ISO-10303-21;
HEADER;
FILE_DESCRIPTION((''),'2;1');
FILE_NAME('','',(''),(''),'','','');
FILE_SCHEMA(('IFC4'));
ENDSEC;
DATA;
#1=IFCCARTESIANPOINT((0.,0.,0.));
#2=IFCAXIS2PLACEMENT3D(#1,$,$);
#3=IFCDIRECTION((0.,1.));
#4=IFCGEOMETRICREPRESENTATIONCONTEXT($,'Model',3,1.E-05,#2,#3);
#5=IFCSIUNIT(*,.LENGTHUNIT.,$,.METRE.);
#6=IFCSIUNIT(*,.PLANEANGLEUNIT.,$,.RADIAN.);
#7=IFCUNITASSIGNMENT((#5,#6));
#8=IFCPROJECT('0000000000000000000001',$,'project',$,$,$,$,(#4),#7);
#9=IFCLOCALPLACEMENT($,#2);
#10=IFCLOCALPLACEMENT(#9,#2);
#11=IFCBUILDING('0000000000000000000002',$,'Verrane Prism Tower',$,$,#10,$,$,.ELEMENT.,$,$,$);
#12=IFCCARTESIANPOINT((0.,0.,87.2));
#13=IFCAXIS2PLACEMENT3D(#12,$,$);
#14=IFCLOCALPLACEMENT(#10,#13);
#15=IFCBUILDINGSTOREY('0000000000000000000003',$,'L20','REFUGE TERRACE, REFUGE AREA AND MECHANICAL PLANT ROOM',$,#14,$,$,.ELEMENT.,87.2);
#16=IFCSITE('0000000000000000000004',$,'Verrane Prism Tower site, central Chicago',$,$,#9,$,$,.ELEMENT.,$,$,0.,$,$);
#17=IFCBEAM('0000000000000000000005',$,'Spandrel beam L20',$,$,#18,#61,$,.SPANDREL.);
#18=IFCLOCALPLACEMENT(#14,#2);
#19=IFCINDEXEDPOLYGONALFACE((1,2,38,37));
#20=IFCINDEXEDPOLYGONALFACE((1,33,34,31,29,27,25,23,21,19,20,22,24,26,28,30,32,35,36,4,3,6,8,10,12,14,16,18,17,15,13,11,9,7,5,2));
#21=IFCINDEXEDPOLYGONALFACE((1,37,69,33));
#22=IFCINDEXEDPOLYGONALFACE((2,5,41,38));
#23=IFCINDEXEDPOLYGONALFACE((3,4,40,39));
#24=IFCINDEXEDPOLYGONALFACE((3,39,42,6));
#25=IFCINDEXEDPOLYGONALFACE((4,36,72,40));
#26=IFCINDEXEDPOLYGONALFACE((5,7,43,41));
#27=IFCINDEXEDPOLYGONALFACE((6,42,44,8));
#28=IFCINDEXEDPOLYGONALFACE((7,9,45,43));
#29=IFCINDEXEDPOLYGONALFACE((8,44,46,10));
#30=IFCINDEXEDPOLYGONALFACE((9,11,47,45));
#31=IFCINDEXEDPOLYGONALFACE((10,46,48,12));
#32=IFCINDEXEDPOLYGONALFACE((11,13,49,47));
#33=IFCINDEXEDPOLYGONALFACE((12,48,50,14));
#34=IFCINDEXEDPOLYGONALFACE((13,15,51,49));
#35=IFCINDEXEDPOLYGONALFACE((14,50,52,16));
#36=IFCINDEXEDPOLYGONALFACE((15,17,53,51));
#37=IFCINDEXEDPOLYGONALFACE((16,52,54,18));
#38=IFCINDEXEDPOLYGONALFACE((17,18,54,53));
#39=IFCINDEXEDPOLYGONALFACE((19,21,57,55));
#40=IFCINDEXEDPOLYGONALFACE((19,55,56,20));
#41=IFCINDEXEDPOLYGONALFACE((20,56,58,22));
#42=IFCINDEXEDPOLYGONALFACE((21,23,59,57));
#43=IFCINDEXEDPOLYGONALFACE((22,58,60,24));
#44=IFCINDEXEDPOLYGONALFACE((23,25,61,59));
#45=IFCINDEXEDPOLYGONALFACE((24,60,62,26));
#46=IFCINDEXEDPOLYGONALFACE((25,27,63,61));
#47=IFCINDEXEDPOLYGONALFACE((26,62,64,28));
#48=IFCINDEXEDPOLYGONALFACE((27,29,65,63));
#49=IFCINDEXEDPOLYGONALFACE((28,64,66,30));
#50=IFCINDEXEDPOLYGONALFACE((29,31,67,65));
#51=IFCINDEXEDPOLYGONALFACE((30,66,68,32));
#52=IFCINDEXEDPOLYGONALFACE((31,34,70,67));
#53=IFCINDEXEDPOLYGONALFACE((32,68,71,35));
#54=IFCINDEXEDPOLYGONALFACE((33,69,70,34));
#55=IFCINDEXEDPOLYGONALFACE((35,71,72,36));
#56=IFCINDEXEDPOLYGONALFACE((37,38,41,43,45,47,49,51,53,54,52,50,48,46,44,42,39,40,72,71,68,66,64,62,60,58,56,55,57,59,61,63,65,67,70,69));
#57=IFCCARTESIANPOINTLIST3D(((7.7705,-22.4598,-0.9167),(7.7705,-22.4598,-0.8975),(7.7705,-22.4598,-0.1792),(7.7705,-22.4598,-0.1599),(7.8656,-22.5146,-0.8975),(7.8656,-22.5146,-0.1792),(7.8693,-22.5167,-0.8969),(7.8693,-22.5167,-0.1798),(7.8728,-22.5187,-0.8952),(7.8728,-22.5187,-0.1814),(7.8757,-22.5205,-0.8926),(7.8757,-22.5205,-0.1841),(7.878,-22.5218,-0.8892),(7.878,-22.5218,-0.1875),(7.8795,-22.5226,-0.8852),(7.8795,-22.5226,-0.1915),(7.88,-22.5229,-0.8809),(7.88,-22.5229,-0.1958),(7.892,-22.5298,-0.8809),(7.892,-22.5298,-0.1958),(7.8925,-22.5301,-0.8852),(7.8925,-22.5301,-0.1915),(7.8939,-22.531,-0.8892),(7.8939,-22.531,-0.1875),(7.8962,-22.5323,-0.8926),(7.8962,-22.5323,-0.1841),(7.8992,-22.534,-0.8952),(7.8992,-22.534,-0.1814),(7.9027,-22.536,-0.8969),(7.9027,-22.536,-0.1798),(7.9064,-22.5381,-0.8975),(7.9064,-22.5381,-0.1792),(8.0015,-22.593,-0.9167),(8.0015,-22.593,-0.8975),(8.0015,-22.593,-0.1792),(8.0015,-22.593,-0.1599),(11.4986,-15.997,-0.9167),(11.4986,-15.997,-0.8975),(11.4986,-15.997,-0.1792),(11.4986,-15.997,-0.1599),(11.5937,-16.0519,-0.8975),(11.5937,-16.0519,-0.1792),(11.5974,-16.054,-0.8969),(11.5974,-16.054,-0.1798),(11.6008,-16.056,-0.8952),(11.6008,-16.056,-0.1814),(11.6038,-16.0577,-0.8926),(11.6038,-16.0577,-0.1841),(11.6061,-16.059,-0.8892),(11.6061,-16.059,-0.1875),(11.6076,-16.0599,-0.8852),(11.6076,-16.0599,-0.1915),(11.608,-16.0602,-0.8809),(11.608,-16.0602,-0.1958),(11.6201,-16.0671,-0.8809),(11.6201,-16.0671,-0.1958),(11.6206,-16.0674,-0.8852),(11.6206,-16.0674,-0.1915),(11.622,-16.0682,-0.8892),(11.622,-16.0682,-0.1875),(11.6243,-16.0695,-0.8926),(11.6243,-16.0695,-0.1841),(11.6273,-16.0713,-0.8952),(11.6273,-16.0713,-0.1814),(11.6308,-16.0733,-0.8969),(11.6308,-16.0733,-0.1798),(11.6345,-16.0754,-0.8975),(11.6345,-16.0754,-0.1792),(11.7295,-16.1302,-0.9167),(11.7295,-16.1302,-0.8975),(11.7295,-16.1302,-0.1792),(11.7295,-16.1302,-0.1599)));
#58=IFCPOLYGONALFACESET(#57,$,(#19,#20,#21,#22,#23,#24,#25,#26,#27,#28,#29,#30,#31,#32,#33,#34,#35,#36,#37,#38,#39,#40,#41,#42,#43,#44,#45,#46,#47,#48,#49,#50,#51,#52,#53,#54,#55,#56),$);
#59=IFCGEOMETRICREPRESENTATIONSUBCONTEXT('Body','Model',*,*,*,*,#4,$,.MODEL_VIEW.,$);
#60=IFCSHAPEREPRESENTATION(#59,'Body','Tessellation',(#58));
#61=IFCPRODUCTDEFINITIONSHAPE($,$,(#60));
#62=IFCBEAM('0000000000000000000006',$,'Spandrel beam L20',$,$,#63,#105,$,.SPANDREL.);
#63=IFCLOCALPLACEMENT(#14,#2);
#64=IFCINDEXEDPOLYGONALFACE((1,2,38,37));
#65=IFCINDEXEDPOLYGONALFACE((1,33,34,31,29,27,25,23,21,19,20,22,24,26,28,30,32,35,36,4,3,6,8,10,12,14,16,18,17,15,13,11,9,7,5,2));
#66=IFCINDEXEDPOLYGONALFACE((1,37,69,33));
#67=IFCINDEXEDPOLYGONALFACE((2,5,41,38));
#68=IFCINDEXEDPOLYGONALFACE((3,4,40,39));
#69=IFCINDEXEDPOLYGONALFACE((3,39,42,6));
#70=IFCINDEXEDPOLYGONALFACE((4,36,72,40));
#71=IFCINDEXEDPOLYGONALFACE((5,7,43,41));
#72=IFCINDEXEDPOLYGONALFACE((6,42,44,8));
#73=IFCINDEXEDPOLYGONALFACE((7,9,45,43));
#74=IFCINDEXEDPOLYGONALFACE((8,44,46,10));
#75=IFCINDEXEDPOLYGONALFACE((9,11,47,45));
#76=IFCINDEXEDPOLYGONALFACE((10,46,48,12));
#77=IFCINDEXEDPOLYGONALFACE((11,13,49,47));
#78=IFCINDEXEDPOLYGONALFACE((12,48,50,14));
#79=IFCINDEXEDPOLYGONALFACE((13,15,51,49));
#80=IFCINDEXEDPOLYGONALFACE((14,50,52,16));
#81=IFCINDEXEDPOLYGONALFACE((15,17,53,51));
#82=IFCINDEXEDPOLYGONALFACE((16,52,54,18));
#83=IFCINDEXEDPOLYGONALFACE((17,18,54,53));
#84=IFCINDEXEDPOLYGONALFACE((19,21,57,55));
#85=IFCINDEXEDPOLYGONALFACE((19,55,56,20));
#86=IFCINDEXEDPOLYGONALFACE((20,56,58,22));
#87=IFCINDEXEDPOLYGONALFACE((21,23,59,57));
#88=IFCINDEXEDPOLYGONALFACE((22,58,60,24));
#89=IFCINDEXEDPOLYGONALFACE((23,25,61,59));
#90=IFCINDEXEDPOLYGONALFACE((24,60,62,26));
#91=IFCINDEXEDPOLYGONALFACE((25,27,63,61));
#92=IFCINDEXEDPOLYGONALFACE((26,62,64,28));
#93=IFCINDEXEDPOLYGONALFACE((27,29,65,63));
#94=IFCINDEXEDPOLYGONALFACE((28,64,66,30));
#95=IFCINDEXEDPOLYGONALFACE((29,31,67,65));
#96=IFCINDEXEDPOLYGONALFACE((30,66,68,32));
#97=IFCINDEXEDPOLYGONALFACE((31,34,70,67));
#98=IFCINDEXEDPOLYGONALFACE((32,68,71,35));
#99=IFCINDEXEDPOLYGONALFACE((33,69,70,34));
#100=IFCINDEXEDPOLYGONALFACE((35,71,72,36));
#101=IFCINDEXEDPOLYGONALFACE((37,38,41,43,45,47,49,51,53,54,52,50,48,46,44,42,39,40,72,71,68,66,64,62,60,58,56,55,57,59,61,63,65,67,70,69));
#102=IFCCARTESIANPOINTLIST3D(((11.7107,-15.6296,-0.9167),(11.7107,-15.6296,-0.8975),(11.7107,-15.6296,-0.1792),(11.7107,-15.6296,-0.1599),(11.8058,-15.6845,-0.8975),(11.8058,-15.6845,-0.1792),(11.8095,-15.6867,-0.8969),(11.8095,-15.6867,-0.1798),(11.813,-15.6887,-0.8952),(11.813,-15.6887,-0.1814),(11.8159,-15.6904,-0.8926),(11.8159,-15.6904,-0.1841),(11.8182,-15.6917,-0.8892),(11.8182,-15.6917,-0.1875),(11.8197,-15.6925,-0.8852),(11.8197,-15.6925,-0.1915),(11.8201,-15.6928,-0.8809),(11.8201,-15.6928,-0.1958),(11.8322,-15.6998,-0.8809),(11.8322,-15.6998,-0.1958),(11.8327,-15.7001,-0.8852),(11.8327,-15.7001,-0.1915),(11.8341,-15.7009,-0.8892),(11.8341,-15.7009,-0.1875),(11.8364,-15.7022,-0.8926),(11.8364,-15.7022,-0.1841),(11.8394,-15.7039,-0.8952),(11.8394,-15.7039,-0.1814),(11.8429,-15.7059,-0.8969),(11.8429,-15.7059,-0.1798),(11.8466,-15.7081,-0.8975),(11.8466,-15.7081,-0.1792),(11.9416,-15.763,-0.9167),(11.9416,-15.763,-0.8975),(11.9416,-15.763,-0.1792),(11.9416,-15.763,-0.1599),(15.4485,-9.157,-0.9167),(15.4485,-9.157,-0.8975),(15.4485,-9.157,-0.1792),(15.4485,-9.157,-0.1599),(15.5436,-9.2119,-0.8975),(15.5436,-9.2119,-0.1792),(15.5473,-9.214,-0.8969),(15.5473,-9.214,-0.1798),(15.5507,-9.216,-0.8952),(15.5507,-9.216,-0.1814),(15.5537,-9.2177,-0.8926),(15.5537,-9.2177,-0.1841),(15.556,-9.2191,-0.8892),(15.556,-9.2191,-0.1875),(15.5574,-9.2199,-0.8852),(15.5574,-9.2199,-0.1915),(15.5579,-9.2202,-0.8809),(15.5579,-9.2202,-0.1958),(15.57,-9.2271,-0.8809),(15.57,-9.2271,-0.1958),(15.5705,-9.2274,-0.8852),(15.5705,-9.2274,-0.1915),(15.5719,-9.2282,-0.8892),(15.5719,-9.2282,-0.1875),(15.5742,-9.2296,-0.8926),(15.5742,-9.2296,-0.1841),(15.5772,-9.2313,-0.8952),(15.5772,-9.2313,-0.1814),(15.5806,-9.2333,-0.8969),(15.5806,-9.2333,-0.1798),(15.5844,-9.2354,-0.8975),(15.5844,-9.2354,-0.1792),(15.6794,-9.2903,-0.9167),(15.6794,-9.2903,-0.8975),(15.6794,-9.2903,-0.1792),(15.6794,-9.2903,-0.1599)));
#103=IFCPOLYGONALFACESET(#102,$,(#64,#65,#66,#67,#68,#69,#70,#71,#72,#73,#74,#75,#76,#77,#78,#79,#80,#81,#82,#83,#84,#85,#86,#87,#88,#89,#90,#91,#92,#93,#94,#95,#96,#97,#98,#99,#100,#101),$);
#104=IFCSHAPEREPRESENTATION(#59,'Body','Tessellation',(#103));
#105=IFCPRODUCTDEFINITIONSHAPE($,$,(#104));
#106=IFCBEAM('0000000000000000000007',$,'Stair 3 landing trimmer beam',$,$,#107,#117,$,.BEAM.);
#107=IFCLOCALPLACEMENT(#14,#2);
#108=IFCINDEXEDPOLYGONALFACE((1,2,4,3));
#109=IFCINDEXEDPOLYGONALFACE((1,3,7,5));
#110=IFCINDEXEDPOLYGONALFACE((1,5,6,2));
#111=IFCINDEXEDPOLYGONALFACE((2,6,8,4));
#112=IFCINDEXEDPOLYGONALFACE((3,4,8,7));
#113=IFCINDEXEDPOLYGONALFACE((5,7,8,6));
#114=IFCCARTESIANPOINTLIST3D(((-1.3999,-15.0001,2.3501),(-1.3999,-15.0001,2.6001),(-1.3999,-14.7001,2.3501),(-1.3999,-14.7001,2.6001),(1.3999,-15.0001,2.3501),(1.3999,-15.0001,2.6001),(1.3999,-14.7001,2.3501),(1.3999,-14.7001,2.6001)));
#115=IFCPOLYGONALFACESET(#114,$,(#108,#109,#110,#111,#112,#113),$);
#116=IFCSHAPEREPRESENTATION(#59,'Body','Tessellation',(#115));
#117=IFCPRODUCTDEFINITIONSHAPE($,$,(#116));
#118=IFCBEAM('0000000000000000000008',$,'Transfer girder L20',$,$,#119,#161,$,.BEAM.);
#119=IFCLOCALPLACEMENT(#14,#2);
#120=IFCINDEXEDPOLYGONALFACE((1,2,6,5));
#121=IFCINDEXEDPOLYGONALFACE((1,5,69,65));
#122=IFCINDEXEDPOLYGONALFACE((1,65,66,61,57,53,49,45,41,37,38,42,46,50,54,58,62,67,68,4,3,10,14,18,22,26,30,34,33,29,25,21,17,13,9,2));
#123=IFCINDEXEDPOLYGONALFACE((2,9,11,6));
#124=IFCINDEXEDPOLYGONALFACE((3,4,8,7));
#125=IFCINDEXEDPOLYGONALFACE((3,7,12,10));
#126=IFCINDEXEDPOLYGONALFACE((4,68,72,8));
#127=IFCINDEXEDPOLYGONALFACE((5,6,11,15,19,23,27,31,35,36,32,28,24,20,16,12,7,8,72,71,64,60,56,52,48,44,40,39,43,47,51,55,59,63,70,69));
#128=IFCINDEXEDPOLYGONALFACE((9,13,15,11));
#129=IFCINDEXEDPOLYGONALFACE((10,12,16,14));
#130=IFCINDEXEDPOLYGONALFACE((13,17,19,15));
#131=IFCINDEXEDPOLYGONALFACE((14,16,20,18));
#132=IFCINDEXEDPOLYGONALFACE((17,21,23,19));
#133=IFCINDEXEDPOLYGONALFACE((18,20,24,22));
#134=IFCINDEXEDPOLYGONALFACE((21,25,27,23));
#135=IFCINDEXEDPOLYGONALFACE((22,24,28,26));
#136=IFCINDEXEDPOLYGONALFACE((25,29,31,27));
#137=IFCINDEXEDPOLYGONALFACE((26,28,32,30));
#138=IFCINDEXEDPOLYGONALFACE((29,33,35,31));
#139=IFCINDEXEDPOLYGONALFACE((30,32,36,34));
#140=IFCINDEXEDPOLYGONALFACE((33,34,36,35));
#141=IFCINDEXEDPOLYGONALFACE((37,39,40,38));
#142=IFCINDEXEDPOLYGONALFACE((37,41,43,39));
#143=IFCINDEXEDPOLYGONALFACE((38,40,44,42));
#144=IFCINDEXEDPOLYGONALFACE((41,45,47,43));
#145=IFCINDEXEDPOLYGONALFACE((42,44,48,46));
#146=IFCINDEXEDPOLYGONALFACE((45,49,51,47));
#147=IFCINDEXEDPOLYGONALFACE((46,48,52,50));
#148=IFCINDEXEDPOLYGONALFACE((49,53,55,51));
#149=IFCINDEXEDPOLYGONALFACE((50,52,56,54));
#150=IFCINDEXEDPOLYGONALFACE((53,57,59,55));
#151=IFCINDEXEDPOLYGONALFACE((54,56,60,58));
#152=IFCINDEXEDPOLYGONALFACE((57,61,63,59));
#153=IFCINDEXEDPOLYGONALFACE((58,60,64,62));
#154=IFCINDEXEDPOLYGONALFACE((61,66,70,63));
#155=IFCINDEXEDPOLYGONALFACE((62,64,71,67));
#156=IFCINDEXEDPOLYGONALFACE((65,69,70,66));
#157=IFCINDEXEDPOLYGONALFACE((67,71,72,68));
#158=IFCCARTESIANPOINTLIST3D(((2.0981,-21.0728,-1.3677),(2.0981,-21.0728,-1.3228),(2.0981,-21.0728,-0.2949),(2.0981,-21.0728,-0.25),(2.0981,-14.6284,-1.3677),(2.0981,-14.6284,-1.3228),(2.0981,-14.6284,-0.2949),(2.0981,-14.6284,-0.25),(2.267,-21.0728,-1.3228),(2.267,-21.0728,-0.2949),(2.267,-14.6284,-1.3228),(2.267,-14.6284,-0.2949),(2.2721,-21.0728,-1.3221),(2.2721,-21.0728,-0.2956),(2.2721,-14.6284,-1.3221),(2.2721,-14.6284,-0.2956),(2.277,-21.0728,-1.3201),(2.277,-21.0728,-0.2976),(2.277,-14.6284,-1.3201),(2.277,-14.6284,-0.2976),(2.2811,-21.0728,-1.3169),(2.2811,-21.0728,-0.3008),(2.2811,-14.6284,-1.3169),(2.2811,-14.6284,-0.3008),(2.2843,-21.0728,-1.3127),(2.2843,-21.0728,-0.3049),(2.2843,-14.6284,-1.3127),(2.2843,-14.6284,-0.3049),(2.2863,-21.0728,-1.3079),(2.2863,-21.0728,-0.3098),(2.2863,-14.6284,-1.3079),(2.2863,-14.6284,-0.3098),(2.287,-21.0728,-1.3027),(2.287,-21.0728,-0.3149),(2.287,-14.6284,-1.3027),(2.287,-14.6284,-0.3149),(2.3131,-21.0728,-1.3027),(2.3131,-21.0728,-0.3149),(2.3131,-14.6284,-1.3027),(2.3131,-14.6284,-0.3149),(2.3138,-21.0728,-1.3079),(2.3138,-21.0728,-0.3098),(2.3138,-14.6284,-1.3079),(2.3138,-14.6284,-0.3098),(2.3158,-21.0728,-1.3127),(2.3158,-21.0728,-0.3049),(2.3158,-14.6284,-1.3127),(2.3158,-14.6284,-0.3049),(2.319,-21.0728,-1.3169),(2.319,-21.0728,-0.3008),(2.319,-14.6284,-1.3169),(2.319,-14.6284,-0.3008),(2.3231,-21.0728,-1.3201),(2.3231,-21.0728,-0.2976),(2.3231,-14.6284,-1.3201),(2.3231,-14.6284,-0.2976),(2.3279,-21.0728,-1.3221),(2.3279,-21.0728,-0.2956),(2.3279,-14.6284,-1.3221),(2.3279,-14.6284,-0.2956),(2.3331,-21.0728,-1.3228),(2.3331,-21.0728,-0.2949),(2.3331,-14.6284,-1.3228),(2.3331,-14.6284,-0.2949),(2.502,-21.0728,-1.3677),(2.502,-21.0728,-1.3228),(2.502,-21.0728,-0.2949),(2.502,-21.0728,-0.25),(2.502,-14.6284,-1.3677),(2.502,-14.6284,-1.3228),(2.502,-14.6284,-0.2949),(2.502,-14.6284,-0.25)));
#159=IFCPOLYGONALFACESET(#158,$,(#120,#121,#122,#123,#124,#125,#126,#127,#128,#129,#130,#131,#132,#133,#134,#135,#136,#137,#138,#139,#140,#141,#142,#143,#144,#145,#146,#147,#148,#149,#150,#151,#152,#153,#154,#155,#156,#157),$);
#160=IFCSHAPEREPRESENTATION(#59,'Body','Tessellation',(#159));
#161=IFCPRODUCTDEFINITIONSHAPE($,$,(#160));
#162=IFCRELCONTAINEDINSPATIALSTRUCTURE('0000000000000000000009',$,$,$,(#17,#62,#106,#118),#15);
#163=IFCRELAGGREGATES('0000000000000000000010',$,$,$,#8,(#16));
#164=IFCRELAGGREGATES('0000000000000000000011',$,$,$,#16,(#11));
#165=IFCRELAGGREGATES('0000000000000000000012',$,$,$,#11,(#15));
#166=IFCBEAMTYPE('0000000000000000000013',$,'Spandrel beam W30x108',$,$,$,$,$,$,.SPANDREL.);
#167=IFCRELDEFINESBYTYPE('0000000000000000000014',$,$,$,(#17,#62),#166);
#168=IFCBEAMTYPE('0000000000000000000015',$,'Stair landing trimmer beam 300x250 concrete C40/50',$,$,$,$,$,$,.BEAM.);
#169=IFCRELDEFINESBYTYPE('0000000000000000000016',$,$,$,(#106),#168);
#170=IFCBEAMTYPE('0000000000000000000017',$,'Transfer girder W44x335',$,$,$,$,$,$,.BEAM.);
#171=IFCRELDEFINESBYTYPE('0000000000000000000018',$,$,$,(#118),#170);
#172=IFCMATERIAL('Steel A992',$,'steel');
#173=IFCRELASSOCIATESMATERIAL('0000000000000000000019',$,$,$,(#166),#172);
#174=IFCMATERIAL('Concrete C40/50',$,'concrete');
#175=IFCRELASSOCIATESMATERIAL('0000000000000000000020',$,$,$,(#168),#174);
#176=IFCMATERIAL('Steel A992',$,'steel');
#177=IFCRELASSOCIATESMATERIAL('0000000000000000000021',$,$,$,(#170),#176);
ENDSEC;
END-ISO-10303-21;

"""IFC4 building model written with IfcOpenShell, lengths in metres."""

from ifc_helpers import new_model, si_unit, direction, frame, origin, origin_2d, place, context, subcontext, project, spatial, rectangle, i_section, extrude, material, material_profile, profile_set, type_object, element, save


model = new_model("IFC4")

# Units and contexts
model_context = context("Model", 3, precision=1e-05, world=origin(), true_north=direction((0.0, 1.0)))
body_context = subcontext(model_context, "Body", "Model", "MODEL_VIEW")
ifc_project = project(units=[si_unit("LENGTHUNIT", "METRE"), si_unit("PLANEANGLEUNIT", "RADIAN")], contexts=[model_context])

# Site, building, storey
site_placement = place(None, origin())
site = spatial("IfcSite", under=ifc_project, at=site_placement, Name="Verrane Prism Tower site, central Chicago", CompositionType="ELEMENT", RefElevation=0.0)
building_placement = place(site_placement, origin())
building = spatial("IfcBuilding", under=site, at=building_placement, Name="Verrane Prism Tower", CompositionType="ELEMENT")
storey_placement = place(building_placement, frame((0.0, 0.0, 87.2)))
storey = spatial("IfcBuildingStorey", under=building, at=storey_placement, Name="L20", Description="REFUGE TERRACE, REFUGE AREA AND MECHANICAL PLANT ROOM", CompositionType="ELEMENT", Elevation=87.2)

# Beams
ifc_material_1 = material(Name="Steel A992", Category="steel")
ifc_material_profile_1 = material_profile(ifc_material_1, i_section(OverallWidth=0.2666, OverallDepth=0.7568, WebThickness=0.0139, FlangeThickness=0.0193, FilletRadius=0.0166, at=origin_2d()), Name="W30x108")
ifc_profile_set_1 = profile_set([ifc_material_profile_1], Name="Steel A992")
beam_type_1 = type_object("IfcBeamType", Name="Spandrel beam W30x108", PredefinedType="SPANDREL", material=ifc_profile_set_1)
beam_1_placement = place(storey_placement, frame((7.886, -22.5264, -0.5383), z_axis=(0.49968, 0.86621, 0.0), x_axis=(-0.86621, 0.49968, 0.0)))
element("IfcBeam", 1, at=beam_1_placement, inside=storey, type_object=beam_type_1, Name="Spandrel beam L20", PredefinedType="SPANDREL", context=body_context, shape_type="SweptSolid", body=[
    extrude(i_section(OverallWidth=0.2666, OverallDepth=0.7568, WebThickness=0.0139, FlangeThickness=0.0193, FilletRadius=0.0166, at=origin_2d()), origin(), (0.0, 0.0, 1.0), 7.4609),
])
beam_2_placement = place(storey_placement, frame((11.8262, -15.6963, -0.5383), z_axis=(0.500081, 0.865979, 0.0), x_axis=(-0.865979, 0.500081, 0.0)))
element("IfcBeam", 2, at=beam_2_placement, inside=storey, type_object=beam_type_1, Name="Spandrel beam L20", PredefinedType="SPANDREL", context=body_context, shape_type="SweptSolid", body=[
    extrude(i_section(OverallWidth=0.2666, OverallDepth=0.7568, WebThickness=0.0139, FlangeThickness=0.0193, FilletRadius=0.0166, at=origin_2d()), origin(), (0.0, 0.0, 1.0), 7.4744),
])
ifc_material_2 = material(Name="Concrete C40/50", Category="concrete")
ifc_material_profile_2 = material_profile(ifc_material_2, rectangle(XDim=0.3, YDim=0.25, at=origin_2d()), Name="RC 300x250")
ifc_profile_set_2 = profile_set([ifc_material_profile_2], Name="Concrete C40/50")
beam_type_2 = type_object("IfcBeamType", Name="Stair landing trimmer beam 300x250 concrete C40/50", PredefinedType="BEAM", material=ifc_profile_set_2)
beam_3_placement = place(storey_placement, frame((1.3999, -14.8501, 2.4751), z_axis=(-1.0, 0.0, 0.0), x_axis=(0.0, -1.0, 0.0)))
element("IfcBeam", 3, at=beam_3_placement, inside=storey, type_object=beam_type_2, Name="Stair 3 landing trimmer beam", PredefinedType="BEAM", context=body_context, shape_type="SweptSolid", body=[
    extrude(rectangle(XDim=0.3, YDim=0.25, at=origin_2d()), origin(), (0.0, 0.0, 1.0), 2.7998),
])
ifc_material_3 = material(Name="Steel A992", Category="steel")
ifc_material_profile_3 = material_profile(ifc_material_3, i_section(OverallWidth=0.4038, OverallDepth=1.1177, WebThickness=0.0261, FlangeThickness=0.0449, FilletRadius=0.02, at=origin_2d()), Name="W44x335")
ifc_profile_set_3 = profile_set([ifc_material_profile_3], Name="Steel A992")
beam_type_3 = type_object("IfcBeamType", Name="Transfer girder W44x335", PredefinedType="BEAM", material=ifc_profile_set_3)
beam_4_placement = place(storey_placement, frame((2.3, -21.0728, -0.8088), z_axis=(0.0, 1.0, 0.0), x_axis=(-1.0, 0.0, 0.0)))
element("IfcBeam", 4, at=beam_4_placement, inside=storey, type_object=beam_type_3, Name="Transfer girder L20", PredefinedType="BEAM", context=body_context, shape_type="SweptSolid", body=[
    extrude(i_section(OverallWidth=0.4038, OverallDepth=1.1177, WebThickness=0.0261, FlangeThickness=0.0449, FilletRadius=0.02, at=origin_2d()), origin(), (0.0, 0.0, 1.0), 6.4443),
])

save(model, "model.ifc")
